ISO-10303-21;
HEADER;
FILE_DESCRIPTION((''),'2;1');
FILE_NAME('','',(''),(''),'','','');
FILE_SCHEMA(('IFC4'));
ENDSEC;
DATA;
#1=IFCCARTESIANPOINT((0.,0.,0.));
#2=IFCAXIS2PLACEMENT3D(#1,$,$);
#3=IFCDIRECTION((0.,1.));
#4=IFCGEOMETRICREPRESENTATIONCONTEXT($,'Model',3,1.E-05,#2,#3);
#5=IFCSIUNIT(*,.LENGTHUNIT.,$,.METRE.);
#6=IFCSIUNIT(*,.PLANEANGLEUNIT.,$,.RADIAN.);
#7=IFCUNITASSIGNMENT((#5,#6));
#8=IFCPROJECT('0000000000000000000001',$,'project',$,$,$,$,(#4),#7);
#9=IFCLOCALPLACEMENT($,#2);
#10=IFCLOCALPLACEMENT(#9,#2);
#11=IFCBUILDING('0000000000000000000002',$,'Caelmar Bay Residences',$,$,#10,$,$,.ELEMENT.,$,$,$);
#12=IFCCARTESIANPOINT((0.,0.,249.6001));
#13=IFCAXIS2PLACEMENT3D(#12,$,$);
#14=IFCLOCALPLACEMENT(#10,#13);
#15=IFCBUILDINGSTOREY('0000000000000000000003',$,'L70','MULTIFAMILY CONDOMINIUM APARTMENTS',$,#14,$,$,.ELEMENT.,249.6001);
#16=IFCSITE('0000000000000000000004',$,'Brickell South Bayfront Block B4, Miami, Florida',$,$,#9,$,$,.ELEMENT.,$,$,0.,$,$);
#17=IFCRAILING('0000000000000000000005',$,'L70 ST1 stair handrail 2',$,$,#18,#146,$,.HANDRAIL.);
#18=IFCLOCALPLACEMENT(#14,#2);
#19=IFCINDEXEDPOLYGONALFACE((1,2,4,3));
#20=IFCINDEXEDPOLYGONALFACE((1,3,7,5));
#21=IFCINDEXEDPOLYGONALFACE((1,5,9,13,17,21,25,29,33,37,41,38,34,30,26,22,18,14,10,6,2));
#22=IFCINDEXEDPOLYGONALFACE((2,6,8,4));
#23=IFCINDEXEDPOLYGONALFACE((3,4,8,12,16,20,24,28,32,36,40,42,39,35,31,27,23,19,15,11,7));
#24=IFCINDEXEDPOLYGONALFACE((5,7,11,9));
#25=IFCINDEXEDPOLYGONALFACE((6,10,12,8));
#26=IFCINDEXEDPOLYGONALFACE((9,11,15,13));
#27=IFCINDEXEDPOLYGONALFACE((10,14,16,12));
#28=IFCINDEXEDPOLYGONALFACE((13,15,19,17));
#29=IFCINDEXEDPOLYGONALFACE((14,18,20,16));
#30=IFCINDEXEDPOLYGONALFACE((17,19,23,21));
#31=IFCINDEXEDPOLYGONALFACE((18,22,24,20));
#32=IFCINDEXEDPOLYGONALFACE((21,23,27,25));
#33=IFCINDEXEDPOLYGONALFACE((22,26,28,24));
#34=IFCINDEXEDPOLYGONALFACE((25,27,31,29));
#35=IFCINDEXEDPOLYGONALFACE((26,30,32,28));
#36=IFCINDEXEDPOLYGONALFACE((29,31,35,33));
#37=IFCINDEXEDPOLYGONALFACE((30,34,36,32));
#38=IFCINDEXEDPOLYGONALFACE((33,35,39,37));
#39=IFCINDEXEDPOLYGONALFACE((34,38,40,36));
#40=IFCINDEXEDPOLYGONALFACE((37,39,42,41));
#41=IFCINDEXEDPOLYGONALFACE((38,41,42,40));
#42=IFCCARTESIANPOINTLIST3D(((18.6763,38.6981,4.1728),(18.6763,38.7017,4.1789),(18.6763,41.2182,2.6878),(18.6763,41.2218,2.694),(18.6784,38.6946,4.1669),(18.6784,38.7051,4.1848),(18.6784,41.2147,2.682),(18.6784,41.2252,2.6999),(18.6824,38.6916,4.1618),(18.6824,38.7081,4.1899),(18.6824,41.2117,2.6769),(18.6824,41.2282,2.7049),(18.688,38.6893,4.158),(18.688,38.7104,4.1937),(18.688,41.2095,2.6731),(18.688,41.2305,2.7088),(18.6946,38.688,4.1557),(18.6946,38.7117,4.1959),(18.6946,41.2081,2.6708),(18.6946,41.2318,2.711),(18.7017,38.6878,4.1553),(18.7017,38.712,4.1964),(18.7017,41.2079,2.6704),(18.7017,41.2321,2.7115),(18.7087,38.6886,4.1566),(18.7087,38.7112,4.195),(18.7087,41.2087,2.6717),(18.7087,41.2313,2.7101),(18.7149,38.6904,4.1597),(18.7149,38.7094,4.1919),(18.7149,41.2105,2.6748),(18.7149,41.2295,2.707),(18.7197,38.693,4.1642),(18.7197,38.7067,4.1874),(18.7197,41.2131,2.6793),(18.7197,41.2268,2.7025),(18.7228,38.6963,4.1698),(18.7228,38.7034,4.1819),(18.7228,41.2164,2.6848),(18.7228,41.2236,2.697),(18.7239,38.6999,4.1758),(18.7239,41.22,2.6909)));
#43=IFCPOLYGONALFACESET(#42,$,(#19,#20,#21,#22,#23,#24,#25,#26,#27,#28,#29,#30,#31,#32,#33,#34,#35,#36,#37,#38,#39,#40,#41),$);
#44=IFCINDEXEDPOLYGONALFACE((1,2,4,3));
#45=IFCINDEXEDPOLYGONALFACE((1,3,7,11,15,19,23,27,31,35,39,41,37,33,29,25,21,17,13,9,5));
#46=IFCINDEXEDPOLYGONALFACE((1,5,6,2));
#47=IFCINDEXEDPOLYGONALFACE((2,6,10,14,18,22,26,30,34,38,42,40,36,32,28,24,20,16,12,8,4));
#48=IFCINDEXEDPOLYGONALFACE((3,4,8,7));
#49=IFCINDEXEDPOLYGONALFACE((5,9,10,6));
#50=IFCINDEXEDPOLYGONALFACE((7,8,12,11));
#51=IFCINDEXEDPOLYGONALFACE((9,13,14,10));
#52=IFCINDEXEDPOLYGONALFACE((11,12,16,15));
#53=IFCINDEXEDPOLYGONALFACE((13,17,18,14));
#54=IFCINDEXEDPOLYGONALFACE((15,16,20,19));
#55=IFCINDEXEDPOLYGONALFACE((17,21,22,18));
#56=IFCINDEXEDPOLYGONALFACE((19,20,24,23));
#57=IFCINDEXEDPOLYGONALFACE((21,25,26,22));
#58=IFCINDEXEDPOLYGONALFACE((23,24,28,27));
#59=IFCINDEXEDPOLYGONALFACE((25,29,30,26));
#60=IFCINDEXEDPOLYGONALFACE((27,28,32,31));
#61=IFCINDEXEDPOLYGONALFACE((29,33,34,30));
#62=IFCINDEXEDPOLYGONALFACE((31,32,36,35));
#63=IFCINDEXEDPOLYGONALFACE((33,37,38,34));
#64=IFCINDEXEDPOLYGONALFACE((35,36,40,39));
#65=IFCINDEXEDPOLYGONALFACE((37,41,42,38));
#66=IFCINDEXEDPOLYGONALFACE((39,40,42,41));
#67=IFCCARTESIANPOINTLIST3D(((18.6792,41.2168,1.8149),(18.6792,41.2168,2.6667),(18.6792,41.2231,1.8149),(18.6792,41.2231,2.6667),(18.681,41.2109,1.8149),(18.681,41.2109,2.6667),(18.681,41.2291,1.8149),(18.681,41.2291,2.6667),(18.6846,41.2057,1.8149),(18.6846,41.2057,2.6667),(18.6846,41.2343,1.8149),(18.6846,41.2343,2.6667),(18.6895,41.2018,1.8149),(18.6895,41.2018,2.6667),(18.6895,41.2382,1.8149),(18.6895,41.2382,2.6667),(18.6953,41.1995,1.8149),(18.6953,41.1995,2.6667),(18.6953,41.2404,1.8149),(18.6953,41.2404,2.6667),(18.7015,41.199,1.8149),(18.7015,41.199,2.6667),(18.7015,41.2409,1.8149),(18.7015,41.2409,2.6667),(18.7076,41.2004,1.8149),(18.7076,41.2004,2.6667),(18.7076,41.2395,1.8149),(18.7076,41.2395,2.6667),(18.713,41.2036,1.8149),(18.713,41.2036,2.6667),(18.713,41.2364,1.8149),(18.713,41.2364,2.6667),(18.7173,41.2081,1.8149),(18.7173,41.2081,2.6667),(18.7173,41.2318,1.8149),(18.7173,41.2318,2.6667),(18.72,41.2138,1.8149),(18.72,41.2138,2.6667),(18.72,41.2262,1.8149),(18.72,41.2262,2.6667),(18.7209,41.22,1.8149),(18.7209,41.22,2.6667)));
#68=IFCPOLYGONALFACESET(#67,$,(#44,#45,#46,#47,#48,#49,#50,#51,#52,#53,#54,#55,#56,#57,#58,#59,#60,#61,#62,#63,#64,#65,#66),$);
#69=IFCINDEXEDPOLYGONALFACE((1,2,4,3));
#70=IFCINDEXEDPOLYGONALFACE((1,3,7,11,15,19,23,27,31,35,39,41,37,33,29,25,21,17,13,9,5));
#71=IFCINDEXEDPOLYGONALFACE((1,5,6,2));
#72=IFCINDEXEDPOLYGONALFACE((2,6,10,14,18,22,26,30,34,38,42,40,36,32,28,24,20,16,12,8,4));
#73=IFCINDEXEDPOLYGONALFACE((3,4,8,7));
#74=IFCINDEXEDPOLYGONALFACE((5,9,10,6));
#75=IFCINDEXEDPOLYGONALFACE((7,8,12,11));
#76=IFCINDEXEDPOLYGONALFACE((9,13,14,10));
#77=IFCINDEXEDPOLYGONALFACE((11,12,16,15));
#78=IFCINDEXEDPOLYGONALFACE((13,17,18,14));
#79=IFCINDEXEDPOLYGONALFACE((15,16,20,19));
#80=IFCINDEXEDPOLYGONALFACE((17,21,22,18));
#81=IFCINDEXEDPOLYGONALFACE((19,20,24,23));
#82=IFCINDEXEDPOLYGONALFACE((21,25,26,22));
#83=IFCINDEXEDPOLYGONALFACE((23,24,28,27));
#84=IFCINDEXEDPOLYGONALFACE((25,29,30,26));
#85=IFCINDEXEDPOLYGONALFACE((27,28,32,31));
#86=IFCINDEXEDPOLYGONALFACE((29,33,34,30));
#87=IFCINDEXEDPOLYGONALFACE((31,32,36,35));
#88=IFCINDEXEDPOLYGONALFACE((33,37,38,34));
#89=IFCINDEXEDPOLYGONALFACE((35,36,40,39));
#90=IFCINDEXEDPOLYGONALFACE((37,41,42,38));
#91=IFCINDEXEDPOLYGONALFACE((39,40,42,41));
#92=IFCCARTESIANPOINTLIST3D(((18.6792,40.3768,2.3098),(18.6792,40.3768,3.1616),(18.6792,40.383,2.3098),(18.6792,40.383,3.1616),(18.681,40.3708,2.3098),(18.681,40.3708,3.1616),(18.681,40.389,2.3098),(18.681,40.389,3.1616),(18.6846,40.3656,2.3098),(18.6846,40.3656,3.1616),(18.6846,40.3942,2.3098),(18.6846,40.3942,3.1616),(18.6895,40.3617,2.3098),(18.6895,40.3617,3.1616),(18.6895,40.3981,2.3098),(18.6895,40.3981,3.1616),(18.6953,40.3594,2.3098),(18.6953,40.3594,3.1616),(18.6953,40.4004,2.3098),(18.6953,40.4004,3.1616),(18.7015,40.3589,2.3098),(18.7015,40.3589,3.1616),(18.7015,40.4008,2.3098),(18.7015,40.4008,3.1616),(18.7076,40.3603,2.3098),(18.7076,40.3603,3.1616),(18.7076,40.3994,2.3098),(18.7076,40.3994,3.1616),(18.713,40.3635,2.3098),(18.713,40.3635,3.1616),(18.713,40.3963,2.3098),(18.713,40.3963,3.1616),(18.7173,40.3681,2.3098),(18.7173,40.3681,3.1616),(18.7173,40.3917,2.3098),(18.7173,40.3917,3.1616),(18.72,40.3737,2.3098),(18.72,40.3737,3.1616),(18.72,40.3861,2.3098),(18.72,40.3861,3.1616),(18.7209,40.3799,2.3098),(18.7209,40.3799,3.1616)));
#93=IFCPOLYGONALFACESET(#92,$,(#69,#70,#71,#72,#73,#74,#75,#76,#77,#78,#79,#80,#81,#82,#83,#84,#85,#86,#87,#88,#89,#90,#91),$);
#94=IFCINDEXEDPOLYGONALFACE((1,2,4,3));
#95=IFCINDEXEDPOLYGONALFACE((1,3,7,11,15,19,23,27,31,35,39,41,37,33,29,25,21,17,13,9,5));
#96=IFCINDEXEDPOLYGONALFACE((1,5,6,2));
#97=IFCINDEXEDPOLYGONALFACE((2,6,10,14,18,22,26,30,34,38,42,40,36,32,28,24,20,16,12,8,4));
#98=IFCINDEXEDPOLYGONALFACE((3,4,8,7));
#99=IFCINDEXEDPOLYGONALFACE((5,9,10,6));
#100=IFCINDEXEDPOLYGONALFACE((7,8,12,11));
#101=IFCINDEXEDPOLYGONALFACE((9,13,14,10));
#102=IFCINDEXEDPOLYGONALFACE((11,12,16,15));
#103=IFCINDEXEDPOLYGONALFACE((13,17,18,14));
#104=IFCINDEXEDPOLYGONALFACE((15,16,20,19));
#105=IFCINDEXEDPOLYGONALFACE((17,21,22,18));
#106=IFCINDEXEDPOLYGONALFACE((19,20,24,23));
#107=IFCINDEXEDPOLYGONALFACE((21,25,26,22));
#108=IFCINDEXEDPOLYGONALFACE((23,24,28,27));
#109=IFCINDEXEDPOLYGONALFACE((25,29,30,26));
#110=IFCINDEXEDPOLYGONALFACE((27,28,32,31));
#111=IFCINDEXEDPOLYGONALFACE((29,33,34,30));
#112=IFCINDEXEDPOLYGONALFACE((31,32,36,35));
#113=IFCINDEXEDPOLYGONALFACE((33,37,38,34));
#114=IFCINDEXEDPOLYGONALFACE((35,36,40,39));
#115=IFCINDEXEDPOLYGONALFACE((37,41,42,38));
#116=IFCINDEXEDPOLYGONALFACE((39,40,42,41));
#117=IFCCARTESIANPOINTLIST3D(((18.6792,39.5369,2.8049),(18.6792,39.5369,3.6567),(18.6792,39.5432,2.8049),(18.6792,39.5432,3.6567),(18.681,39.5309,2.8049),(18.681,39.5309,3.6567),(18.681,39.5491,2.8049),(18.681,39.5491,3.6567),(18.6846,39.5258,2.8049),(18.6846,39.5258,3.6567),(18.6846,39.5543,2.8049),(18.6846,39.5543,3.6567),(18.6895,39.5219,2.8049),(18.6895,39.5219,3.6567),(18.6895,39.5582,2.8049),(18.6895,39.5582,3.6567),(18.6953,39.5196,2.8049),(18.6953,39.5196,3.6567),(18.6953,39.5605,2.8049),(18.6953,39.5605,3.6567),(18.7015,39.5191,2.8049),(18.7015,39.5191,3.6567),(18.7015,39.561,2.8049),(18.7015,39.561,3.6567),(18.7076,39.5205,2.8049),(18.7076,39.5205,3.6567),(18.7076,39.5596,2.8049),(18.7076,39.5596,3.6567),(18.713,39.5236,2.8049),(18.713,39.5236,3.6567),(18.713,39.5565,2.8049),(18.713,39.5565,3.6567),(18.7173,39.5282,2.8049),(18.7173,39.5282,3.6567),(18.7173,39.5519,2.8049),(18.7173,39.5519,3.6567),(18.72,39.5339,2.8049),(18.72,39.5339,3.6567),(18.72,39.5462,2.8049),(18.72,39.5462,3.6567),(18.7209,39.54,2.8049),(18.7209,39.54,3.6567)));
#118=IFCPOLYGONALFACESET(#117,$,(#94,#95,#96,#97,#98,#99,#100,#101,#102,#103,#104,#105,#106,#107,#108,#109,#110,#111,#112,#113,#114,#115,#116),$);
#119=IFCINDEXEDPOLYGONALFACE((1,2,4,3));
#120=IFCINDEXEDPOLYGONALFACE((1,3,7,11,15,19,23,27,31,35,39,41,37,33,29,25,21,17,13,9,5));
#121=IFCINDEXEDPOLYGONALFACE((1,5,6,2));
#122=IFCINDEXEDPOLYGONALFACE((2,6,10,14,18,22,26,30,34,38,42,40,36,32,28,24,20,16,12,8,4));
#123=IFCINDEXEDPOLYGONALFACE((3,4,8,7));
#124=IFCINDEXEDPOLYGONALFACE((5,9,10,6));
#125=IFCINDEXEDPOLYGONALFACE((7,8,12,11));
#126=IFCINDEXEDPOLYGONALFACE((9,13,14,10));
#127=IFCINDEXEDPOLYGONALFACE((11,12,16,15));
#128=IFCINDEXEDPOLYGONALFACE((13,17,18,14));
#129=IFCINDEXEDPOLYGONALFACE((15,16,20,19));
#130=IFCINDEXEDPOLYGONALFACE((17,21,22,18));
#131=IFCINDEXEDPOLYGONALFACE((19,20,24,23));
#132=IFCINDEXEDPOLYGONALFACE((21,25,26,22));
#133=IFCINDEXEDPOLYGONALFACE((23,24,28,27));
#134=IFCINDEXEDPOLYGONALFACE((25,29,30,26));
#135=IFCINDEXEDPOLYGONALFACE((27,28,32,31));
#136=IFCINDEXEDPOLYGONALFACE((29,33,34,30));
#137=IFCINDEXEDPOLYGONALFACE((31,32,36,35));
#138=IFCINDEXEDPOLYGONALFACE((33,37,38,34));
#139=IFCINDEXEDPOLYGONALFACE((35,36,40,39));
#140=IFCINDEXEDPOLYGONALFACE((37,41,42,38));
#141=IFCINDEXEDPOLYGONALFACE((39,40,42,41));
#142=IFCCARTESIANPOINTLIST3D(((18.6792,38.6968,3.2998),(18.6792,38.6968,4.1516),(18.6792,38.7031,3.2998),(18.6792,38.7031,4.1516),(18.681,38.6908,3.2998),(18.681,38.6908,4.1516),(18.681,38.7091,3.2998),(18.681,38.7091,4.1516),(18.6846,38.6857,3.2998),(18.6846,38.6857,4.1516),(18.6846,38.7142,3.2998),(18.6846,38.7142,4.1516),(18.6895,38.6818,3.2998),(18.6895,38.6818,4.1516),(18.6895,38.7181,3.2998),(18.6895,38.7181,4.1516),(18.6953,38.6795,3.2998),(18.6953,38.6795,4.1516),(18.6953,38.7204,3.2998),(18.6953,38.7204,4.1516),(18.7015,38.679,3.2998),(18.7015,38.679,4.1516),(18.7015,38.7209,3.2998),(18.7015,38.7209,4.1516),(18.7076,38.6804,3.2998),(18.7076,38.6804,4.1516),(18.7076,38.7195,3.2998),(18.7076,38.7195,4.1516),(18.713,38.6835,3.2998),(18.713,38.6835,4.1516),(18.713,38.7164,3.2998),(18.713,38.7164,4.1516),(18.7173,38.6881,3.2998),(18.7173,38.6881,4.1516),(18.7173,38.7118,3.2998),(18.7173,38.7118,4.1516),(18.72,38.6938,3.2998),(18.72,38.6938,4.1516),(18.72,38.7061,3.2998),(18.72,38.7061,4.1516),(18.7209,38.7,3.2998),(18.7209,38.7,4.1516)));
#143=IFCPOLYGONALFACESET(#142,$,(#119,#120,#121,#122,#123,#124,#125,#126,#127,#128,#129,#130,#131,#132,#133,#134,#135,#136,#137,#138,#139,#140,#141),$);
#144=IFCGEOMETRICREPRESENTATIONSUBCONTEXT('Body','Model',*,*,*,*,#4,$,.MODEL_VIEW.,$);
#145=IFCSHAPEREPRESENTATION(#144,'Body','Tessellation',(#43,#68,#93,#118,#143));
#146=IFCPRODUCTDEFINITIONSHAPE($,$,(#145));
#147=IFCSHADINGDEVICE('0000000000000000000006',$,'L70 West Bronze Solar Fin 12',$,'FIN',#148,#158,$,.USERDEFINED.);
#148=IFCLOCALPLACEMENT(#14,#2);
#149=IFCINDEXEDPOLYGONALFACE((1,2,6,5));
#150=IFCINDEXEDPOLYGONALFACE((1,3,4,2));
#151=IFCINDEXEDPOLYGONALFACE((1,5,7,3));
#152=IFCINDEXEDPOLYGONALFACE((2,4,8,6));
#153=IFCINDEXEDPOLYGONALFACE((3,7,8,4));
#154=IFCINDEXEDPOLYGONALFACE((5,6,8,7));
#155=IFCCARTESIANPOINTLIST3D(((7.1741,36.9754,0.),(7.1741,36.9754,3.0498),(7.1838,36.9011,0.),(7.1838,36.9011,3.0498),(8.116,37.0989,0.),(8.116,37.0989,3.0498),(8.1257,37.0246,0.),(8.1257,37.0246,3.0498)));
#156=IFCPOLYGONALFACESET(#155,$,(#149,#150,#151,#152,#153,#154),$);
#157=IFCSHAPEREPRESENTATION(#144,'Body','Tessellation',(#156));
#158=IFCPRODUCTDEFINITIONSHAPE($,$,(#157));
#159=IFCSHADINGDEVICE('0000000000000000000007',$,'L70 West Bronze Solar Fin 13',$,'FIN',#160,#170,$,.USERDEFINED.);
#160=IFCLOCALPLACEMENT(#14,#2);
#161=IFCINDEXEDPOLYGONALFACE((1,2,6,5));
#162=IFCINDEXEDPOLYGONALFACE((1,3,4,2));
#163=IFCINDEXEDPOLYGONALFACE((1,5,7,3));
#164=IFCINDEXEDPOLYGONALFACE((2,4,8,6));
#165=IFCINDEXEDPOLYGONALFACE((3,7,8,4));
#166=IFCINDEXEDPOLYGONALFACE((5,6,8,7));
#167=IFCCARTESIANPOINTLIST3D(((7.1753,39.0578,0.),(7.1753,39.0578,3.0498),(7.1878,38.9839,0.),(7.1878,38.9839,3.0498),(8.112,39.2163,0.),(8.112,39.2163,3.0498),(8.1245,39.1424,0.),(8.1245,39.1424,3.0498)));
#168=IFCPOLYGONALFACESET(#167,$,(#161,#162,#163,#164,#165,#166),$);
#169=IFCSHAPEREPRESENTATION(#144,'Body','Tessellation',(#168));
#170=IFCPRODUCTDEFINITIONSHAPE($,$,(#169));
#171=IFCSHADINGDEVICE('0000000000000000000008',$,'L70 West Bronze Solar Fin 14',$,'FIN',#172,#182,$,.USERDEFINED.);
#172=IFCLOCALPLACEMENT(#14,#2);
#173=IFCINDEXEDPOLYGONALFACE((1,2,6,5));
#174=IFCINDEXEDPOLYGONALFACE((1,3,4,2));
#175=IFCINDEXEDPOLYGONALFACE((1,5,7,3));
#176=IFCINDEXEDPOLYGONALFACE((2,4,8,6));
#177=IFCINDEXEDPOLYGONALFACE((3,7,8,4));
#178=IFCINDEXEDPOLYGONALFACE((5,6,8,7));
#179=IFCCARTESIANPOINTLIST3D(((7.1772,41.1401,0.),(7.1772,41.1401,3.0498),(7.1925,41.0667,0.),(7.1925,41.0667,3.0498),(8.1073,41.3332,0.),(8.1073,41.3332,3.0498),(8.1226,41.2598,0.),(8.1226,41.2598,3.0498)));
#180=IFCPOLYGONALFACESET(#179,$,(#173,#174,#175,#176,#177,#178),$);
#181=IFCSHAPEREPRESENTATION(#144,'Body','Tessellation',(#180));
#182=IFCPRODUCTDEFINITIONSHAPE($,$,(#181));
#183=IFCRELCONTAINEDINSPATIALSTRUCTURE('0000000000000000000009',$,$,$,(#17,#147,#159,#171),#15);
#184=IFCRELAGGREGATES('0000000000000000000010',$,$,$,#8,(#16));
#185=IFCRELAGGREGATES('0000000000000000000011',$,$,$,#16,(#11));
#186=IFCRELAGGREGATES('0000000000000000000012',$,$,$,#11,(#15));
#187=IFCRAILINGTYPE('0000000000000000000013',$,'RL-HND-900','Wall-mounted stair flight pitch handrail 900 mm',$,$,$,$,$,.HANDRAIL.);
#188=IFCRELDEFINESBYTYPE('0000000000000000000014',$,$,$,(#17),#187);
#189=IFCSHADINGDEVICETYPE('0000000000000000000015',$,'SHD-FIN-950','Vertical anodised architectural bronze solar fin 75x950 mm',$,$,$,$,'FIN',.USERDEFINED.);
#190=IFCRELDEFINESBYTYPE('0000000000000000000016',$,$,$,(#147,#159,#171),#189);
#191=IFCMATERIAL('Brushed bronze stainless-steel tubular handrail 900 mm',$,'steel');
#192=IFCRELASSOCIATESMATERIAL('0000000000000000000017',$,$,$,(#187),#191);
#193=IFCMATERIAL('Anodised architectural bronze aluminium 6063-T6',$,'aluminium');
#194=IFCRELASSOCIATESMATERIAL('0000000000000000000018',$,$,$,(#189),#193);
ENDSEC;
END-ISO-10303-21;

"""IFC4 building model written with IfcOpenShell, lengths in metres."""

from ifc_helpers import new_model, si_unit, direction, frame, origin, origin_2d, place, context, subcontext, project, spatial, rectangle, circle, extrude, material, material_profile, profile_set, type_object, element, save


model = new_model("IFC4")

# Units and contexts
model_context = context("Model", 3, precision=1e-05, world=origin(), true_north=direction((0.0, 1.0)))
body_context = subcontext(model_context, "Body", "Model", "MODEL_VIEW")
ifc_project = project(units=[si_unit("LENGTHUNIT", "METRE"), si_unit("PLANEANGLEUNIT", "RADIAN")], contexts=[model_context])

# Site, building, storey
site_placement = place(None, origin())
site = spatial("IfcSite", under=ifc_project, at=site_placement, Name="Brickell South Bayfront Block B4, Miami, Florida", CompositionType="ELEMENT", RefElevation=0.0)
building_placement = place(site_placement, origin())
building = spatial("IfcBuilding", under=site, at=building_placement, Name="Caelmar Bay Residences", CompositionType="ELEMENT")
storey_placement = place(building_placement, frame((0.0, 0.0, 249.6001)))
storey = spatial("IfcBuildingStorey", under=building, at=storey_placement, Name="L70", Description="MULTIFAMILY CONDOMINIUM APARTMENTS", CompositionType="ELEMENT", Elevation=249.6001)

# Railing
ifc_material_1 = material(Name="Brushed bronze stainless-steel tubular handrail 900 mm", Category="steel")
railing_type_1 = type_object("IfcRailingType", Name="RL-HND-900", Description="Wall-mounted stair flight pitch handrail 900 mm", PredefinedType="HANDRAIL", material=ifc_material_1)
railing_1_placement = place(storey_placement, frame((18.7, 41.22, 1.8149)))
element("IfcRailing", 1, at=railing_1_placement, inside=storey, type_object=railing_type_1, Name="L70 ST1 stair handrail 2", PredefinedType="HANDRAIL", context=body_context, shape_type="SweptSolid", body=[
    extrude(circle(Radius=0.0239, at=origin_2d()), frame((0.0, 0.0, 0.876), z_axis=(0.0, -0.861561, 0.507655), x_axis=(1.0, 0.0, 0.0)), (0.0, 0.0, 1.0), 2.925),
    extrude(circle(Radius=0.021, at=origin_2d()), origin(), (0.0, 0.0, 1.0), 0.8518),
    extrude(circle(Radius=0.021, at=origin_2d()), frame((0.0, -0.8401, 0.4949)), (0.0, 0.0, 1.0), 0.8518),
    extrude(circle(Radius=0.021, at=origin_2d()), frame((0.0, -1.6799, 0.99)), (0.0, 0.0, 1.0), 0.8518),
    extrude(circle(Radius=0.021, at=origin_2d()), frame((0.0, -2.52, 1.4849)), (0.0, 0.0, 1.0), 0.8518),
])

# Shading devices
ifc_material_2 = material(Name="Anodised architectural bronze aluminium 6063-T6", Category="aluminium")
ifc_material_profile = material_profile(ifc_material_2, rectangle(XDim=0.075, YDim=0.95, at=origin_2d()), Name="BRONZE-FIN-75X950")
ifc_profile_set = profile_set([ifc_material_profile], Name="Anodised architectural bronze aluminium 6063-T6")
shading_device_type = type_object("IfcShadingDeviceType", Name="SHD-FIN-950", Description="Vertical anodised architectural bronze solar fin 75x950 mm", ElementType="FIN", PredefinedType="USERDEFINED", material=ifc_profile_set)
for number, where, z_axis, x_axis, name in (
    (2, (7.6499, 37.0, 0.0), (0.0, 0.0, 1.0), (-0.130007, 0.991513, 0.0), "L70 West Bronze Solar Fin 12"),
    (3, (7.6499, 39.1001, 0.0), (0.0, 0.0, 1.0), (-0.166769, 0.985996, 0.0), "L70 West Bronze Solar Fin 13"),
    (4, (7.6499, 41.2, 0.0), (0.0, 0.0, 1.0), (-0.2033, 0.979116, 0.0), "L70 West Bronze Solar Fin 14"),
):
    element("IfcShadingDevice", number, at=place(storey_placement, frame(where, z_axis=z_axis, x_axis=x_axis)), inside=storey, type_object=shading_device_type, Name=name, ObjectType="FIN", PredefinedType="USERDEFINED", context=body_context, shape_type="SweptSolid", body=[
        extrude(rectangle(XDim=0.075, YDim=0.95, at=origin_2d()), origin(), (0.0, 0.0, 1.0), 3.0498),
    ])

save(model, "model.ifc")
